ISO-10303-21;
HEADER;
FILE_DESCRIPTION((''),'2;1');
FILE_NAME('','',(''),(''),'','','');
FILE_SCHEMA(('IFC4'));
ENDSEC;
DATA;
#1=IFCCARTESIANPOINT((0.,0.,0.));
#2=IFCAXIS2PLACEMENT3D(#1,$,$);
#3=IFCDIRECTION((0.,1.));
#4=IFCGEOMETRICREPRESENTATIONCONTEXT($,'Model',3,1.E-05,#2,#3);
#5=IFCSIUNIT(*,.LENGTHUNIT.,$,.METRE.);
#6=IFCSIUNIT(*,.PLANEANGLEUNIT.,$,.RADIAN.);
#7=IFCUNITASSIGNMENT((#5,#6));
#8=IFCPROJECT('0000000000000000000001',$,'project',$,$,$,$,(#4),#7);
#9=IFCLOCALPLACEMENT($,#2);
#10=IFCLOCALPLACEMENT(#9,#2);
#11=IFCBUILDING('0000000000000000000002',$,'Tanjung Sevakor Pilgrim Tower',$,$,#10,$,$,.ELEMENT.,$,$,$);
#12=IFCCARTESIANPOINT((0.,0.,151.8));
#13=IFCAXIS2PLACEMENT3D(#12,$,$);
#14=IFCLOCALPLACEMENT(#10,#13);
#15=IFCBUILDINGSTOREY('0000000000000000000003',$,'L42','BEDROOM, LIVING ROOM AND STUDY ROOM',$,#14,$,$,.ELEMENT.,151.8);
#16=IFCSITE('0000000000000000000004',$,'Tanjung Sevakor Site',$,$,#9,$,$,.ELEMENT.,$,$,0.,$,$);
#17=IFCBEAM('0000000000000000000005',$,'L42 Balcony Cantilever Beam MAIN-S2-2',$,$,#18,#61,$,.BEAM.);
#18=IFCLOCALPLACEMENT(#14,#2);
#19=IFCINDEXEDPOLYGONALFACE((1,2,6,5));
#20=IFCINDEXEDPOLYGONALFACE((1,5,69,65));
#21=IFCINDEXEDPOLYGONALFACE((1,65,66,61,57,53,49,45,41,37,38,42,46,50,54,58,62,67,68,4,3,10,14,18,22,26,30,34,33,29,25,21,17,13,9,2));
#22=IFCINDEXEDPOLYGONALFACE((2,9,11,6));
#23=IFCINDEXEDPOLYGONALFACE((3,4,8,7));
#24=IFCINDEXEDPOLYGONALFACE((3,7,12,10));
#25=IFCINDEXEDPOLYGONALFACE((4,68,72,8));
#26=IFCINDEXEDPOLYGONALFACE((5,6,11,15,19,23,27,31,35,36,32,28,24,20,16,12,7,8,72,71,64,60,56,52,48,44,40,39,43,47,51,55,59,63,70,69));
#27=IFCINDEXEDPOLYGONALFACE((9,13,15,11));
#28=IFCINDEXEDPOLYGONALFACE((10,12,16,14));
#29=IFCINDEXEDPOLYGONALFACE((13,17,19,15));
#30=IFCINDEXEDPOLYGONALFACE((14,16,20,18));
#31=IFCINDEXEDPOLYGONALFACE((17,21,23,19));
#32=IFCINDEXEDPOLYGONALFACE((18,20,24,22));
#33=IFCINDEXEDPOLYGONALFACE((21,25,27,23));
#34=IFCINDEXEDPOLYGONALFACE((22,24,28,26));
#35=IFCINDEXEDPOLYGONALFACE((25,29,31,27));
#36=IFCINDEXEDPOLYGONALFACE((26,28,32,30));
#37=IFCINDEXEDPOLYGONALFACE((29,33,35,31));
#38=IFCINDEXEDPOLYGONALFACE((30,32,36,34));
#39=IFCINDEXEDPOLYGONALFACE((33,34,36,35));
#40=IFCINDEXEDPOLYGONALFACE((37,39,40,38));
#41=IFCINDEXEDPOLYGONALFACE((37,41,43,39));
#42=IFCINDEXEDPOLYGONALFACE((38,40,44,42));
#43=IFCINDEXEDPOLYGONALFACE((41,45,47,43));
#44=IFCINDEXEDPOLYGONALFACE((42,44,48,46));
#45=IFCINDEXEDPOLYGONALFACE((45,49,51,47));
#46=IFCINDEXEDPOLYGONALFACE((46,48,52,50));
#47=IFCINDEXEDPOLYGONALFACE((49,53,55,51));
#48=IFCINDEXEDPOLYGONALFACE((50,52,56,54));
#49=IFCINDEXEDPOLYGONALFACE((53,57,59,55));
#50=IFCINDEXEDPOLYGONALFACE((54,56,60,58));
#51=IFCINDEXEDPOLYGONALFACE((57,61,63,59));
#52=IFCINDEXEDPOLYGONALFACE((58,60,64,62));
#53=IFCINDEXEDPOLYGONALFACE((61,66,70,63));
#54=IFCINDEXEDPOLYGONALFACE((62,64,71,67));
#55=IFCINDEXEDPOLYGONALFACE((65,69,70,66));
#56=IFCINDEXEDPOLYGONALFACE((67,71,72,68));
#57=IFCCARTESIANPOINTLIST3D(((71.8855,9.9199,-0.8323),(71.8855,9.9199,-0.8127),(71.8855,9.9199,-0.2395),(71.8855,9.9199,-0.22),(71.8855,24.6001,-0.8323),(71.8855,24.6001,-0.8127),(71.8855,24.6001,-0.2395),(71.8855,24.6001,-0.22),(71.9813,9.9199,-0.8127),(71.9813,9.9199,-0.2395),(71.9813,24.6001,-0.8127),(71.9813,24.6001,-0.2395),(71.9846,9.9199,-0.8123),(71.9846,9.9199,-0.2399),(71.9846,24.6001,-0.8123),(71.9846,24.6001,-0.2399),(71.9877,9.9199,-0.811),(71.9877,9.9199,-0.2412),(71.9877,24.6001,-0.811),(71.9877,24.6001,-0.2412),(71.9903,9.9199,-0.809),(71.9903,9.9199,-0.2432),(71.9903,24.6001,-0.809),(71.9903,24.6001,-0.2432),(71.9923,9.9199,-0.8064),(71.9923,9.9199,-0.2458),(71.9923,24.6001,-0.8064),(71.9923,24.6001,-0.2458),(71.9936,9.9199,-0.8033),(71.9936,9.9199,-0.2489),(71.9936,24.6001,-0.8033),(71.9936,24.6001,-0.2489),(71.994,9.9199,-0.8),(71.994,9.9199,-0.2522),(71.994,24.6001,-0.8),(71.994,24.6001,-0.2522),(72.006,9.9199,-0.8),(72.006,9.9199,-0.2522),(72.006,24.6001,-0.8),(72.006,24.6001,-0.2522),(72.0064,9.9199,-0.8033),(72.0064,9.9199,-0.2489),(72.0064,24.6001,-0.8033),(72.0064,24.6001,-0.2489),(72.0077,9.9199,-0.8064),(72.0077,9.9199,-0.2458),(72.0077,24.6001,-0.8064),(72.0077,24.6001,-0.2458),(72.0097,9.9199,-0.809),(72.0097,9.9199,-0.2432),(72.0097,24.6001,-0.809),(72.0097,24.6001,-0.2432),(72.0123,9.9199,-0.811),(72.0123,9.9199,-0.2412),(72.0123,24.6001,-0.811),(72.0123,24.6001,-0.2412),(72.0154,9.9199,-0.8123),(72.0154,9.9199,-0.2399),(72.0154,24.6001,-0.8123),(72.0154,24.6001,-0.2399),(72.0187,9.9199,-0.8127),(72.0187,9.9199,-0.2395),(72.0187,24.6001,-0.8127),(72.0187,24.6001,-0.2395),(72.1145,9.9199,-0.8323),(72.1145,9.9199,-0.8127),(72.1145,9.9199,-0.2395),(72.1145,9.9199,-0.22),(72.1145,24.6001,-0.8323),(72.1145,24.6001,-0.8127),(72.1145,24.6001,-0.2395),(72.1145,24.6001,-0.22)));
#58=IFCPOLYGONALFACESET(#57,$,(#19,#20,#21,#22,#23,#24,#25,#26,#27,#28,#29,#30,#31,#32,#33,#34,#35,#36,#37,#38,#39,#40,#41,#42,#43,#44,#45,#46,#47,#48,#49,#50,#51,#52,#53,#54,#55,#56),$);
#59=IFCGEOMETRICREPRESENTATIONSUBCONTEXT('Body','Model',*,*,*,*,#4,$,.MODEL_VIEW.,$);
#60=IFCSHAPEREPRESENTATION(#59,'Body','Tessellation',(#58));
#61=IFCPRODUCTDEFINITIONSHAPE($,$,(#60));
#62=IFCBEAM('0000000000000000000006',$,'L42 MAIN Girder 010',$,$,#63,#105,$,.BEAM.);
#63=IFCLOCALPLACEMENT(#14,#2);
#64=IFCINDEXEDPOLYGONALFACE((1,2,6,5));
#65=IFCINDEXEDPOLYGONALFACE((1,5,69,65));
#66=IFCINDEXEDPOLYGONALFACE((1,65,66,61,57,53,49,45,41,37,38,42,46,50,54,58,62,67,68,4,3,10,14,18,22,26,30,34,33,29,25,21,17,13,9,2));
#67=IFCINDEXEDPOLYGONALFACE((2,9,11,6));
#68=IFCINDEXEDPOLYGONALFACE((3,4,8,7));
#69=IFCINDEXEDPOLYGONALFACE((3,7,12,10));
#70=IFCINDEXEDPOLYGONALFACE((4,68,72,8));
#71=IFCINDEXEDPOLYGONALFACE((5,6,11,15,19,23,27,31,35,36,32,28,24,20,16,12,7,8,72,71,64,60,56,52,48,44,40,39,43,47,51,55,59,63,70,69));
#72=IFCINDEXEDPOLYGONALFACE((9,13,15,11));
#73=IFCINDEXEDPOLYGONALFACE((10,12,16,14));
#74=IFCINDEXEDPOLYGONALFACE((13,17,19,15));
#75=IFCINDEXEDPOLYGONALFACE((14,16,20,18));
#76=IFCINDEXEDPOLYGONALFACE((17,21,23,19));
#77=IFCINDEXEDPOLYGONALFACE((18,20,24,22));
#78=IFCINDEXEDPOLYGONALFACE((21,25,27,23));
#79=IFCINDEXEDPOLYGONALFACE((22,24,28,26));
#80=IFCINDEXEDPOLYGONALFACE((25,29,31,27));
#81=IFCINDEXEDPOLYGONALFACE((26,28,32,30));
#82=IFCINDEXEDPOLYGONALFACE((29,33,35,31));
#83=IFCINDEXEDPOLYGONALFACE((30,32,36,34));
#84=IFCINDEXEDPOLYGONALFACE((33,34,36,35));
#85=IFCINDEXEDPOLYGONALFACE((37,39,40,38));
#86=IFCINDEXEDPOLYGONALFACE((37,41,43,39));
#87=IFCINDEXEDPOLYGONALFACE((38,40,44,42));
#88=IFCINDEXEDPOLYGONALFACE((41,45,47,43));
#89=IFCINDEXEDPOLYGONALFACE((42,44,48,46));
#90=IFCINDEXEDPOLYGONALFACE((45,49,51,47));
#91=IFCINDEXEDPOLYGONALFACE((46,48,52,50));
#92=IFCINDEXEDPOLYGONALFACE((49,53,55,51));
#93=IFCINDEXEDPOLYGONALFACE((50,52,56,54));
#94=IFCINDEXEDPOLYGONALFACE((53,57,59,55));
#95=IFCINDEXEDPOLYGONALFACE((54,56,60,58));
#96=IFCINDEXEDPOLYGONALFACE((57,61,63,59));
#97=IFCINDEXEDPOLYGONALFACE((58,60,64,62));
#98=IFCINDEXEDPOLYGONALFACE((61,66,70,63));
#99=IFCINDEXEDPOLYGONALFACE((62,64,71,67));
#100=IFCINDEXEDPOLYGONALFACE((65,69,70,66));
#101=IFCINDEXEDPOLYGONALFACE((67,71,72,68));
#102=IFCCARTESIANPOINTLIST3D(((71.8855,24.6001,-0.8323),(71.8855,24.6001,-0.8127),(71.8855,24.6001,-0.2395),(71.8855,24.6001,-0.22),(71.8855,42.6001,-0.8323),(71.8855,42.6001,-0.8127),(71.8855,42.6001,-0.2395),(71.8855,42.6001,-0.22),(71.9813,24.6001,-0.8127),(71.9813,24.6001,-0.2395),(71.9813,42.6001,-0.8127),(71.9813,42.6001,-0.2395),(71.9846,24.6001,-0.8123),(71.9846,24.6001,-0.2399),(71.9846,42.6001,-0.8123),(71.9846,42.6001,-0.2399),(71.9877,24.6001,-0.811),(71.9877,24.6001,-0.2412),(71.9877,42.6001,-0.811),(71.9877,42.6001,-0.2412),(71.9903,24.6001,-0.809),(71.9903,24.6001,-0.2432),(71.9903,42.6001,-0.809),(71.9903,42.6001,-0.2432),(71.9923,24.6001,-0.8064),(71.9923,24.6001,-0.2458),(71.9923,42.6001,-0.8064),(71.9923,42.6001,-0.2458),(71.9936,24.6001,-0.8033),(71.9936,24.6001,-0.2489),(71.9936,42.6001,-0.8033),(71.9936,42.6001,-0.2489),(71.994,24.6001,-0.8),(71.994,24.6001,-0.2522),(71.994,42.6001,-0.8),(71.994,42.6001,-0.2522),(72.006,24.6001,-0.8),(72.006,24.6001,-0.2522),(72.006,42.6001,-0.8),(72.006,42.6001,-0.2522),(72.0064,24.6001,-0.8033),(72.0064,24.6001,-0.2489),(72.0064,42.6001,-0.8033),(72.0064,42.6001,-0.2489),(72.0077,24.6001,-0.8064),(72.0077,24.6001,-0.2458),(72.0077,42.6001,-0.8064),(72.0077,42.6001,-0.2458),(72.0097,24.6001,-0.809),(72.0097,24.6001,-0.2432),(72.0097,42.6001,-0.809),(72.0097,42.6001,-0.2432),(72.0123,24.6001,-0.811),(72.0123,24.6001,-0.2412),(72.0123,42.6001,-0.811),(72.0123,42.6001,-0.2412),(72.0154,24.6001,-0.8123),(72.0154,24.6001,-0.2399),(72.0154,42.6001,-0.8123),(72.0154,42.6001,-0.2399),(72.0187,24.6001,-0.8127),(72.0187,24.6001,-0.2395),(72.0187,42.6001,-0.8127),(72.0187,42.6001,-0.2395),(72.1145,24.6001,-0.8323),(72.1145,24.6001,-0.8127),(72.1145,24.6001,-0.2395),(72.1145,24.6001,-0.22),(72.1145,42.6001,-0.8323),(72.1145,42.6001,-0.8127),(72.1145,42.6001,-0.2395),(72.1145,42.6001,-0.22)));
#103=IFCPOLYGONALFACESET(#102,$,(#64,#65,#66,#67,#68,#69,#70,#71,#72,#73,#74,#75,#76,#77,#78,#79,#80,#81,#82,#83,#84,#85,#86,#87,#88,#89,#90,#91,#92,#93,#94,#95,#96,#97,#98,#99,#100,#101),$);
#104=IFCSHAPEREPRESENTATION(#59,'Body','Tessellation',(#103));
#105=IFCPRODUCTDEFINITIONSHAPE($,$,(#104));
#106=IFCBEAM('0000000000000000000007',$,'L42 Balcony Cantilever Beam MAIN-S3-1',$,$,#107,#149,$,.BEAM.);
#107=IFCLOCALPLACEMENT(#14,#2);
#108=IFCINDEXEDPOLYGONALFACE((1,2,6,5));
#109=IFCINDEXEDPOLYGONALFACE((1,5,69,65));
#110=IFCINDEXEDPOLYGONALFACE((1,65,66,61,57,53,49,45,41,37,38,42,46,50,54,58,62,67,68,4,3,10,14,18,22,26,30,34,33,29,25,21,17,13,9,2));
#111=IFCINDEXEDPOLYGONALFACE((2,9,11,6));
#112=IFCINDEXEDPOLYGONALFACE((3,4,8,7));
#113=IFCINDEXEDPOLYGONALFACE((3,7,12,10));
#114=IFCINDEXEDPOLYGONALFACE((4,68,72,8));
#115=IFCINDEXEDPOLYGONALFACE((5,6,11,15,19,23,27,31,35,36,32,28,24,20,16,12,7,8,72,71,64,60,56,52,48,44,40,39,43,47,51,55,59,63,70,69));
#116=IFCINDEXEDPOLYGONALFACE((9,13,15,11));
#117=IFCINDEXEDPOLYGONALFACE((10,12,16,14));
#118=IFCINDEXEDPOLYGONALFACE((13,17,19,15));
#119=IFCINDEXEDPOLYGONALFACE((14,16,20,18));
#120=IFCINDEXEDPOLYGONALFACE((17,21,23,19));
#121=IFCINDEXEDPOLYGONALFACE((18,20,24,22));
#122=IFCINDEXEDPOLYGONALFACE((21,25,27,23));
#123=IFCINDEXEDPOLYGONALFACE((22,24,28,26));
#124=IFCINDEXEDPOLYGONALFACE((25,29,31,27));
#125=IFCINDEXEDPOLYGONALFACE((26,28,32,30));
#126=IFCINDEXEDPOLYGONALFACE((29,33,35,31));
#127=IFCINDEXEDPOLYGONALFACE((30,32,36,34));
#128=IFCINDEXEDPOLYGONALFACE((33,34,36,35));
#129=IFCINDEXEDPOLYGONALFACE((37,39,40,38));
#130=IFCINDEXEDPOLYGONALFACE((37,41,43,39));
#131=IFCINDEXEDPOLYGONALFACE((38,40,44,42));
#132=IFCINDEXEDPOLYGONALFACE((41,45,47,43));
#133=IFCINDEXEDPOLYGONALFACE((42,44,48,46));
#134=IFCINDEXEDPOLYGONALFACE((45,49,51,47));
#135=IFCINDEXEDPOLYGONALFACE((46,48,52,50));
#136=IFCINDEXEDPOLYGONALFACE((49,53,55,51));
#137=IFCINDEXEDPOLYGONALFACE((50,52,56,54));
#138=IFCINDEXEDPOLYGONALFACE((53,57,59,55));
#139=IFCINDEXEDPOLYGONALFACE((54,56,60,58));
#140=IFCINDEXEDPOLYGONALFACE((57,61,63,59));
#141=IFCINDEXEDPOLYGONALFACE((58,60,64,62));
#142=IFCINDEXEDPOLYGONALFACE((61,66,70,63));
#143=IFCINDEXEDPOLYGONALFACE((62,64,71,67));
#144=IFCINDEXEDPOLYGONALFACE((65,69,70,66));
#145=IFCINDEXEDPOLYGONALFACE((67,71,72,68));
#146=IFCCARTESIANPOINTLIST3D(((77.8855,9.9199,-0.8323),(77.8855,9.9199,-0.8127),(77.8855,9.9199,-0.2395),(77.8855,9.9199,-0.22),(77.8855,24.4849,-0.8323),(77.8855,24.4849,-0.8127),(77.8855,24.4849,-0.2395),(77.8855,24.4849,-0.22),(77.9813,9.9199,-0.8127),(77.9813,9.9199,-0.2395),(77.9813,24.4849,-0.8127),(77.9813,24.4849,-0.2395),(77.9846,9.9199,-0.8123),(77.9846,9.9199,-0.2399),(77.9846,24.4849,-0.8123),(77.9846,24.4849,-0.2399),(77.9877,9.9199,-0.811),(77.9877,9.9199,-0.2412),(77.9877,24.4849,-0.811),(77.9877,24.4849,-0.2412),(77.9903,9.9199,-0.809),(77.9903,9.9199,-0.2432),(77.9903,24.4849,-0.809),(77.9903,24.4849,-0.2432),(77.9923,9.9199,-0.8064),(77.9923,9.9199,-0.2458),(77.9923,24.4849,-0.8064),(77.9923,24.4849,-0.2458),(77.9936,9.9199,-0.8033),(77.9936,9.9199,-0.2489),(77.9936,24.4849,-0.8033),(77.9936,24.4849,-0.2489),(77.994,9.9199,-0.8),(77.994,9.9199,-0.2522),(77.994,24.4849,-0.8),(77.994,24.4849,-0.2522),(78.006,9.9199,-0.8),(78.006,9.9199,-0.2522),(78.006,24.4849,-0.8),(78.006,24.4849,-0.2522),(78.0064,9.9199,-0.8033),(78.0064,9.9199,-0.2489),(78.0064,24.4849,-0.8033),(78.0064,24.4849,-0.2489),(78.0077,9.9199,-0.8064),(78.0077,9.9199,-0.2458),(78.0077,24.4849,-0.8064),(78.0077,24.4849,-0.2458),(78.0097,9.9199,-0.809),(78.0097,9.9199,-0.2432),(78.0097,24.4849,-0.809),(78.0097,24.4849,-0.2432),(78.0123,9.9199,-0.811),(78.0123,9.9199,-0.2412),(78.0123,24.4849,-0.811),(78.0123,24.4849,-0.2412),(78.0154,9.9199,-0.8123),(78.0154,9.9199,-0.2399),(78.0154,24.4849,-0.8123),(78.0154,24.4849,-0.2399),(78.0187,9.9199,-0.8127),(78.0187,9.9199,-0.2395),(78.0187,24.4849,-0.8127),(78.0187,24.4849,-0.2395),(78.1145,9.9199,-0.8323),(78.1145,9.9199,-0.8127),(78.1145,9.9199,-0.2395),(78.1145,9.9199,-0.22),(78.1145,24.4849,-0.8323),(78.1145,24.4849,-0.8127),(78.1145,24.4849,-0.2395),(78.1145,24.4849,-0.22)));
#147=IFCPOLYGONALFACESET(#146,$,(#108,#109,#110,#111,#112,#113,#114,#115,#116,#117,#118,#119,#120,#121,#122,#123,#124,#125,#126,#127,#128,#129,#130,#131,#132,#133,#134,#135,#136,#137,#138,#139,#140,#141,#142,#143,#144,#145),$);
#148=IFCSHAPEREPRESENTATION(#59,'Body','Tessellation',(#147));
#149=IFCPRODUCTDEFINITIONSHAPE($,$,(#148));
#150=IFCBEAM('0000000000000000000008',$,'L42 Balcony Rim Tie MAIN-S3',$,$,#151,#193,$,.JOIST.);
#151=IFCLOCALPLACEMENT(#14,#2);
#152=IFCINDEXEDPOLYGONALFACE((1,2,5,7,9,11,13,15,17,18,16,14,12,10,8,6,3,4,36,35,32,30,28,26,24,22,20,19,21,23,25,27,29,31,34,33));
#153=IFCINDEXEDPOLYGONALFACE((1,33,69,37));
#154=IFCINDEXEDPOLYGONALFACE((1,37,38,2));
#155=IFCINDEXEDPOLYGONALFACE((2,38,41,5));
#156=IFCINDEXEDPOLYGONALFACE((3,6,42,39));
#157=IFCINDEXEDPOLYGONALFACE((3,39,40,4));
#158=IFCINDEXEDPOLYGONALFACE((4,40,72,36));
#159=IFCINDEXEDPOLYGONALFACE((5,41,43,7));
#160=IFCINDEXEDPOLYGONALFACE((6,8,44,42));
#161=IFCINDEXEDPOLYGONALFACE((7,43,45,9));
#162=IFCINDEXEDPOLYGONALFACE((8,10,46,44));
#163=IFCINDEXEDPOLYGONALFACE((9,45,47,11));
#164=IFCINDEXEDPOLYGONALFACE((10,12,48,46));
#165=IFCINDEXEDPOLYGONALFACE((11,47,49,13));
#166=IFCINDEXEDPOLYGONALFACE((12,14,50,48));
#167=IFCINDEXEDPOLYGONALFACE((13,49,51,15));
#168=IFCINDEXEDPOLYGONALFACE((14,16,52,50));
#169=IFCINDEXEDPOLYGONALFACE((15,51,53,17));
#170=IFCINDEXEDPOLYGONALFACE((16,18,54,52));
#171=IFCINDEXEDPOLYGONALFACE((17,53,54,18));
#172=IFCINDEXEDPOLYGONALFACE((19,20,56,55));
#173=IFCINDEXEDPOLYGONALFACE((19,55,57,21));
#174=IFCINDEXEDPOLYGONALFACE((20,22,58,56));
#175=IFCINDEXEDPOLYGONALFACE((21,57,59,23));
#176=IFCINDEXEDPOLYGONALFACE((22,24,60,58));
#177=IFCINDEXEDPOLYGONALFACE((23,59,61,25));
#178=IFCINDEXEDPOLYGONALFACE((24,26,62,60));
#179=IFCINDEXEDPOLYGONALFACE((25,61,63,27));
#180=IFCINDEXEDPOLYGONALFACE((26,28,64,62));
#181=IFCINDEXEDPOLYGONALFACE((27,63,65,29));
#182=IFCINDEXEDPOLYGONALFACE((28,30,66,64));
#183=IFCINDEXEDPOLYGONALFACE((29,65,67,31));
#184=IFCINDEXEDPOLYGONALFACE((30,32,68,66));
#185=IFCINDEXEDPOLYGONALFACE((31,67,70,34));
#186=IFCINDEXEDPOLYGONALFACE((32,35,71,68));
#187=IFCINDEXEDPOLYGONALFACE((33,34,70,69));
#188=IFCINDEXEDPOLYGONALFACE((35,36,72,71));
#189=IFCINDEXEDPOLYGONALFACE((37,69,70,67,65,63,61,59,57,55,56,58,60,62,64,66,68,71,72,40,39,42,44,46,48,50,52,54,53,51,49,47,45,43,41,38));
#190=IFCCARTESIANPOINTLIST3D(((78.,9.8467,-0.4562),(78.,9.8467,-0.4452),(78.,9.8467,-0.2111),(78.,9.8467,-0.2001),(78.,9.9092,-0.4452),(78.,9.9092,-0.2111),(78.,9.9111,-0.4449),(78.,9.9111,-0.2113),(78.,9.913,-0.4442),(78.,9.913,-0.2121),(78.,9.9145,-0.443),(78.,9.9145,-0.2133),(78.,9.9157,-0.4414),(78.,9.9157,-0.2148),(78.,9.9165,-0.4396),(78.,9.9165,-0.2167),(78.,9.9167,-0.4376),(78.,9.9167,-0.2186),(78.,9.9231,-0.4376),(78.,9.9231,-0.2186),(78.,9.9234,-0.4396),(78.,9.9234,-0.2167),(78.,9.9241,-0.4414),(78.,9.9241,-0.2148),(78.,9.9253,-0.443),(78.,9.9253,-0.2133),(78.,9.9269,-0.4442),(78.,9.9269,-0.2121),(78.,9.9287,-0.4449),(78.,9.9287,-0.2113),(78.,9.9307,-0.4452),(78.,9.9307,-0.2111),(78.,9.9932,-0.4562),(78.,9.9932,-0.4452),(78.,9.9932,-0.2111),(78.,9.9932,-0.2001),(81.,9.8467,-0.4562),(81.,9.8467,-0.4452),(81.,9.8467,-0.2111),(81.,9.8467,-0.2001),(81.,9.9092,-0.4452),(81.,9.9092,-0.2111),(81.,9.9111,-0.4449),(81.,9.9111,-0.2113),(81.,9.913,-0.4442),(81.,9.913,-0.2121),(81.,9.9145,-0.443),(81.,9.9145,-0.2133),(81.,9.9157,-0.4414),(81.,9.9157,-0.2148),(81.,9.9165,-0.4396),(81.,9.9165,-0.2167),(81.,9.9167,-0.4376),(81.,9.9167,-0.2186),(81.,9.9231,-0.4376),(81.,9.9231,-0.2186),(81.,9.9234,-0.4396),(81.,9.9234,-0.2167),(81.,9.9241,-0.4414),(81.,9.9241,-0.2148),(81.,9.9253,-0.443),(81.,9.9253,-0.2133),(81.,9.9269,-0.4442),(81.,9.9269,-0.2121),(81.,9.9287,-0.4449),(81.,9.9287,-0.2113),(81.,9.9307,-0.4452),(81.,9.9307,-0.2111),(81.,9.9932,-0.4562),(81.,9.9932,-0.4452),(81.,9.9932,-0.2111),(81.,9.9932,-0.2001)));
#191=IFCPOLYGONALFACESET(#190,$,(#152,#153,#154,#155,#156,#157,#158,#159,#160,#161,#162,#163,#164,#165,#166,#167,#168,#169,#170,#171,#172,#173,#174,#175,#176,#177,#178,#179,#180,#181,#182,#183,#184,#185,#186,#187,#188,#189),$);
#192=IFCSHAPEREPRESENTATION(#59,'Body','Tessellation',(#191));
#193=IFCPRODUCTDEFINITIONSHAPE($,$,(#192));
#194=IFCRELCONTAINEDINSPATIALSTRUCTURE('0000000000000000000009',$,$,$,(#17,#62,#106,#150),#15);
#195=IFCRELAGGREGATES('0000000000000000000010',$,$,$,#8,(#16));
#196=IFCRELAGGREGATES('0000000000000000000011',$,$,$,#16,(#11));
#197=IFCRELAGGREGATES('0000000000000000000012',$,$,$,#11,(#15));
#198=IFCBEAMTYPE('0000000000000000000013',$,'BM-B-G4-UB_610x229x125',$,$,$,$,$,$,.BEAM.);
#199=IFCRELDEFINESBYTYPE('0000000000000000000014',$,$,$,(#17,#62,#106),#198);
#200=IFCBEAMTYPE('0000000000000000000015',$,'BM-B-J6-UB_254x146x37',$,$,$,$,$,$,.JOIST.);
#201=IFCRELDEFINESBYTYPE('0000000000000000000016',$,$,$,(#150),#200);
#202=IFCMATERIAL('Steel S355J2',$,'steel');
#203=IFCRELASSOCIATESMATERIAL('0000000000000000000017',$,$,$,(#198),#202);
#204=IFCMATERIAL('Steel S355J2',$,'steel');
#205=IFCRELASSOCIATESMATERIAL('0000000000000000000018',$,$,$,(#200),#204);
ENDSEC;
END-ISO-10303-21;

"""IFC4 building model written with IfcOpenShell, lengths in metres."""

from ifc_helpers import new_model, si_unit, direction, frame, origin, origin_2d, place, context, subcontext, project, spatial, i_section, extrude, material, material_profile, profile_set, type_object, element, save


model = new_model("IFC4")

# Units and contexts
model_context = context("Model", 3, precision=1e-05, world=origin(), true_north=direction((0.0, 1.0)))
body_context = subcontext(model_context, "Body", "Model", "MODEL_VIEW")
ifc_project = project(units=[si_unit("LENGTHUNIT", "METRE"), si_unit("PLANEANGLEUNIT", "RADIAN")], contexts=[model_context])

# Site, building, storey
site_placement = place(None, origin())
site = spatial("IfcSite", under=ifc_project, at=site_placement, Name="Tanjung Sevakor Site", CompositionType="ELEMENT", RefElevation=0.0)
building_placement = place(site_placement, origin())
building = spatial("IfcBuilding", under=site, at=building_placement, Name="Tanjung Sevakor Pilgrim Tower", CompositionType="ELEMENT")
storey_placement = place(building_placement, frame((0.0, 0.0, 151.8)))
storey = spatial("IfcBuildingStorey", under=building, at=storey_placement, Name="L42", Description="BEDROOM, LIVING ROOM AND STUDY ROOM", CompositionType="ELEMENT", Elevation=151.8)

# Beams
ifc_material_1 = material(Name="Steel S355J2", Category="steel")
ifc_material_profile_1 = material_profile(ifc_material_1, i_section(OverallWidth=0.229, OverallDepth=0.6123, WebThickness=0.012, FlangeThickness=0.0195, FilletRadius=0.0127, at=origin_2d()))
ifc_profile_set_1 = profile_set([ifc_material_profile_1], Name="Steel S355J2")
beam_type_1 = type_object("IfcBeamType", Name="BM-B-G4-UB_610x229x125", PredefinedType="BEAM", material=ifc_profile_set_1)
for number, where, z_axis, x_axis, name in (
    (1, (72.0, 24.6001, -0.5261), (0.0, -1.0, 0.0), (1.0, 0.0, 0.0), "L42 Balcony Cantilever Beam MAIN-S2-2"),
):
    element("IfcBeam", number, at=place(storey_placement, frame(where, z_axis=z_axis, x_axis=x_axis)), inside=storey, type_object=beam_type_1, Name=name, PredefinedType="BEAM", context=body_context, shape_type="SweptSolid", body=[
        extrude(i_section(OverallWidth=0.229, OverallDepth=0.6123, WebThickness=0.012, FlangeThickness=0.0195, FilletRadius=0.0127, at=origin_2d()), origin(), (0.0, 0.0, 1.0), 14.6802),
    ])
beam_1_placement = place(storey_placement, frame((72.0, 24.6001, -0.5261), z_axis=(0.0, 1.0, 0.0), x_axis=(-1.0, 0.0, 0.0)))
element("IfcBeam", 2, at=beam_1_placement, inside=storey, type_object=beam_type_1, Name="L42 MAIN Girder 010", PredefinedType="BEAM", context=body_context, shape_type="SweptSolid", body=[
    extrude(i_section(OverallWidth=0.229, OverallDepth=0.6123, WebThickness=0.012, FlangeThickness=0.0195, FilletRadius=0.0127, at=origin_2d()), origin(), (0.0, 0.0, 1.0), 18.0),
])
beam_2_placement = place(storey_placement, frame((78.0, 24.4849, -0.5261), z_axis=(0.0, -1.0, 0.0), x_axis=(1.0, 0.0, 0.0)))
element("IfcBeam", 3, at=beam_2_placement, inside=storey, type_object=beam_type_1, Name="L42 Balcony Cantilever Beam MAIN-S3-1", PredefinedType="BEAM", context=body_context, shape_type="SweptSolid", body=[
    extrude(i_section(OverallWidth=0.229, OverallDepth=0.6123, WebThickness=0.012, FlangeThickness=0.0195, FilletRadius=0.0127, at=origin_2d()), origin(), (0.0, 0.0, 1.0), 14.5649),
])
ifc_material_2 = material(Name="Steel S355J2", Category="steel")
ifc_material_profile_2 = material_profile(ifc_material_2, i_section(OverallWidth=0.1465, OverallDepth=0.2561, WebThickness=0.0063, FlangeThickness=0.011, FilletRadius=0.0076, at=origin_2d()))
ifc_profile_set_2 = profile_set([ifc_material_profile_2], Name="Steel S355J2")
beam_type_2 = type_object("IfcBeamType", Name="BM-B-J6-UB_254x146x37", PredefinedType="JOIST", material=ifc_profile_set_2)
beam_3_placement = place(storey_placement, frame((78.0, 9.9199, -0.3281), z_axis=(1.0, 0.0, 0.0), x_axis=(0.0, 1.0, 0.0)))
element("IfcBeam", 4, at=beam_3_placement, inside=storey, type_object=beam_type_2, Name="L42 Balcony Rim Tie MAIN-S3", PredefinedType="JOIST", context=body_context, shape_type="SweptSolid", body=[
    extrude(i_section(OverallWidth=0.1465, OverallDepth=0.2561, WebThickness=0.0063, FlangeThickness=0.011, FilletRadius=0.0076, at=origin_2d()), origin(), (0.0, 0.0, 1.0), 3.0),
])

save(model, "model.ifc")
